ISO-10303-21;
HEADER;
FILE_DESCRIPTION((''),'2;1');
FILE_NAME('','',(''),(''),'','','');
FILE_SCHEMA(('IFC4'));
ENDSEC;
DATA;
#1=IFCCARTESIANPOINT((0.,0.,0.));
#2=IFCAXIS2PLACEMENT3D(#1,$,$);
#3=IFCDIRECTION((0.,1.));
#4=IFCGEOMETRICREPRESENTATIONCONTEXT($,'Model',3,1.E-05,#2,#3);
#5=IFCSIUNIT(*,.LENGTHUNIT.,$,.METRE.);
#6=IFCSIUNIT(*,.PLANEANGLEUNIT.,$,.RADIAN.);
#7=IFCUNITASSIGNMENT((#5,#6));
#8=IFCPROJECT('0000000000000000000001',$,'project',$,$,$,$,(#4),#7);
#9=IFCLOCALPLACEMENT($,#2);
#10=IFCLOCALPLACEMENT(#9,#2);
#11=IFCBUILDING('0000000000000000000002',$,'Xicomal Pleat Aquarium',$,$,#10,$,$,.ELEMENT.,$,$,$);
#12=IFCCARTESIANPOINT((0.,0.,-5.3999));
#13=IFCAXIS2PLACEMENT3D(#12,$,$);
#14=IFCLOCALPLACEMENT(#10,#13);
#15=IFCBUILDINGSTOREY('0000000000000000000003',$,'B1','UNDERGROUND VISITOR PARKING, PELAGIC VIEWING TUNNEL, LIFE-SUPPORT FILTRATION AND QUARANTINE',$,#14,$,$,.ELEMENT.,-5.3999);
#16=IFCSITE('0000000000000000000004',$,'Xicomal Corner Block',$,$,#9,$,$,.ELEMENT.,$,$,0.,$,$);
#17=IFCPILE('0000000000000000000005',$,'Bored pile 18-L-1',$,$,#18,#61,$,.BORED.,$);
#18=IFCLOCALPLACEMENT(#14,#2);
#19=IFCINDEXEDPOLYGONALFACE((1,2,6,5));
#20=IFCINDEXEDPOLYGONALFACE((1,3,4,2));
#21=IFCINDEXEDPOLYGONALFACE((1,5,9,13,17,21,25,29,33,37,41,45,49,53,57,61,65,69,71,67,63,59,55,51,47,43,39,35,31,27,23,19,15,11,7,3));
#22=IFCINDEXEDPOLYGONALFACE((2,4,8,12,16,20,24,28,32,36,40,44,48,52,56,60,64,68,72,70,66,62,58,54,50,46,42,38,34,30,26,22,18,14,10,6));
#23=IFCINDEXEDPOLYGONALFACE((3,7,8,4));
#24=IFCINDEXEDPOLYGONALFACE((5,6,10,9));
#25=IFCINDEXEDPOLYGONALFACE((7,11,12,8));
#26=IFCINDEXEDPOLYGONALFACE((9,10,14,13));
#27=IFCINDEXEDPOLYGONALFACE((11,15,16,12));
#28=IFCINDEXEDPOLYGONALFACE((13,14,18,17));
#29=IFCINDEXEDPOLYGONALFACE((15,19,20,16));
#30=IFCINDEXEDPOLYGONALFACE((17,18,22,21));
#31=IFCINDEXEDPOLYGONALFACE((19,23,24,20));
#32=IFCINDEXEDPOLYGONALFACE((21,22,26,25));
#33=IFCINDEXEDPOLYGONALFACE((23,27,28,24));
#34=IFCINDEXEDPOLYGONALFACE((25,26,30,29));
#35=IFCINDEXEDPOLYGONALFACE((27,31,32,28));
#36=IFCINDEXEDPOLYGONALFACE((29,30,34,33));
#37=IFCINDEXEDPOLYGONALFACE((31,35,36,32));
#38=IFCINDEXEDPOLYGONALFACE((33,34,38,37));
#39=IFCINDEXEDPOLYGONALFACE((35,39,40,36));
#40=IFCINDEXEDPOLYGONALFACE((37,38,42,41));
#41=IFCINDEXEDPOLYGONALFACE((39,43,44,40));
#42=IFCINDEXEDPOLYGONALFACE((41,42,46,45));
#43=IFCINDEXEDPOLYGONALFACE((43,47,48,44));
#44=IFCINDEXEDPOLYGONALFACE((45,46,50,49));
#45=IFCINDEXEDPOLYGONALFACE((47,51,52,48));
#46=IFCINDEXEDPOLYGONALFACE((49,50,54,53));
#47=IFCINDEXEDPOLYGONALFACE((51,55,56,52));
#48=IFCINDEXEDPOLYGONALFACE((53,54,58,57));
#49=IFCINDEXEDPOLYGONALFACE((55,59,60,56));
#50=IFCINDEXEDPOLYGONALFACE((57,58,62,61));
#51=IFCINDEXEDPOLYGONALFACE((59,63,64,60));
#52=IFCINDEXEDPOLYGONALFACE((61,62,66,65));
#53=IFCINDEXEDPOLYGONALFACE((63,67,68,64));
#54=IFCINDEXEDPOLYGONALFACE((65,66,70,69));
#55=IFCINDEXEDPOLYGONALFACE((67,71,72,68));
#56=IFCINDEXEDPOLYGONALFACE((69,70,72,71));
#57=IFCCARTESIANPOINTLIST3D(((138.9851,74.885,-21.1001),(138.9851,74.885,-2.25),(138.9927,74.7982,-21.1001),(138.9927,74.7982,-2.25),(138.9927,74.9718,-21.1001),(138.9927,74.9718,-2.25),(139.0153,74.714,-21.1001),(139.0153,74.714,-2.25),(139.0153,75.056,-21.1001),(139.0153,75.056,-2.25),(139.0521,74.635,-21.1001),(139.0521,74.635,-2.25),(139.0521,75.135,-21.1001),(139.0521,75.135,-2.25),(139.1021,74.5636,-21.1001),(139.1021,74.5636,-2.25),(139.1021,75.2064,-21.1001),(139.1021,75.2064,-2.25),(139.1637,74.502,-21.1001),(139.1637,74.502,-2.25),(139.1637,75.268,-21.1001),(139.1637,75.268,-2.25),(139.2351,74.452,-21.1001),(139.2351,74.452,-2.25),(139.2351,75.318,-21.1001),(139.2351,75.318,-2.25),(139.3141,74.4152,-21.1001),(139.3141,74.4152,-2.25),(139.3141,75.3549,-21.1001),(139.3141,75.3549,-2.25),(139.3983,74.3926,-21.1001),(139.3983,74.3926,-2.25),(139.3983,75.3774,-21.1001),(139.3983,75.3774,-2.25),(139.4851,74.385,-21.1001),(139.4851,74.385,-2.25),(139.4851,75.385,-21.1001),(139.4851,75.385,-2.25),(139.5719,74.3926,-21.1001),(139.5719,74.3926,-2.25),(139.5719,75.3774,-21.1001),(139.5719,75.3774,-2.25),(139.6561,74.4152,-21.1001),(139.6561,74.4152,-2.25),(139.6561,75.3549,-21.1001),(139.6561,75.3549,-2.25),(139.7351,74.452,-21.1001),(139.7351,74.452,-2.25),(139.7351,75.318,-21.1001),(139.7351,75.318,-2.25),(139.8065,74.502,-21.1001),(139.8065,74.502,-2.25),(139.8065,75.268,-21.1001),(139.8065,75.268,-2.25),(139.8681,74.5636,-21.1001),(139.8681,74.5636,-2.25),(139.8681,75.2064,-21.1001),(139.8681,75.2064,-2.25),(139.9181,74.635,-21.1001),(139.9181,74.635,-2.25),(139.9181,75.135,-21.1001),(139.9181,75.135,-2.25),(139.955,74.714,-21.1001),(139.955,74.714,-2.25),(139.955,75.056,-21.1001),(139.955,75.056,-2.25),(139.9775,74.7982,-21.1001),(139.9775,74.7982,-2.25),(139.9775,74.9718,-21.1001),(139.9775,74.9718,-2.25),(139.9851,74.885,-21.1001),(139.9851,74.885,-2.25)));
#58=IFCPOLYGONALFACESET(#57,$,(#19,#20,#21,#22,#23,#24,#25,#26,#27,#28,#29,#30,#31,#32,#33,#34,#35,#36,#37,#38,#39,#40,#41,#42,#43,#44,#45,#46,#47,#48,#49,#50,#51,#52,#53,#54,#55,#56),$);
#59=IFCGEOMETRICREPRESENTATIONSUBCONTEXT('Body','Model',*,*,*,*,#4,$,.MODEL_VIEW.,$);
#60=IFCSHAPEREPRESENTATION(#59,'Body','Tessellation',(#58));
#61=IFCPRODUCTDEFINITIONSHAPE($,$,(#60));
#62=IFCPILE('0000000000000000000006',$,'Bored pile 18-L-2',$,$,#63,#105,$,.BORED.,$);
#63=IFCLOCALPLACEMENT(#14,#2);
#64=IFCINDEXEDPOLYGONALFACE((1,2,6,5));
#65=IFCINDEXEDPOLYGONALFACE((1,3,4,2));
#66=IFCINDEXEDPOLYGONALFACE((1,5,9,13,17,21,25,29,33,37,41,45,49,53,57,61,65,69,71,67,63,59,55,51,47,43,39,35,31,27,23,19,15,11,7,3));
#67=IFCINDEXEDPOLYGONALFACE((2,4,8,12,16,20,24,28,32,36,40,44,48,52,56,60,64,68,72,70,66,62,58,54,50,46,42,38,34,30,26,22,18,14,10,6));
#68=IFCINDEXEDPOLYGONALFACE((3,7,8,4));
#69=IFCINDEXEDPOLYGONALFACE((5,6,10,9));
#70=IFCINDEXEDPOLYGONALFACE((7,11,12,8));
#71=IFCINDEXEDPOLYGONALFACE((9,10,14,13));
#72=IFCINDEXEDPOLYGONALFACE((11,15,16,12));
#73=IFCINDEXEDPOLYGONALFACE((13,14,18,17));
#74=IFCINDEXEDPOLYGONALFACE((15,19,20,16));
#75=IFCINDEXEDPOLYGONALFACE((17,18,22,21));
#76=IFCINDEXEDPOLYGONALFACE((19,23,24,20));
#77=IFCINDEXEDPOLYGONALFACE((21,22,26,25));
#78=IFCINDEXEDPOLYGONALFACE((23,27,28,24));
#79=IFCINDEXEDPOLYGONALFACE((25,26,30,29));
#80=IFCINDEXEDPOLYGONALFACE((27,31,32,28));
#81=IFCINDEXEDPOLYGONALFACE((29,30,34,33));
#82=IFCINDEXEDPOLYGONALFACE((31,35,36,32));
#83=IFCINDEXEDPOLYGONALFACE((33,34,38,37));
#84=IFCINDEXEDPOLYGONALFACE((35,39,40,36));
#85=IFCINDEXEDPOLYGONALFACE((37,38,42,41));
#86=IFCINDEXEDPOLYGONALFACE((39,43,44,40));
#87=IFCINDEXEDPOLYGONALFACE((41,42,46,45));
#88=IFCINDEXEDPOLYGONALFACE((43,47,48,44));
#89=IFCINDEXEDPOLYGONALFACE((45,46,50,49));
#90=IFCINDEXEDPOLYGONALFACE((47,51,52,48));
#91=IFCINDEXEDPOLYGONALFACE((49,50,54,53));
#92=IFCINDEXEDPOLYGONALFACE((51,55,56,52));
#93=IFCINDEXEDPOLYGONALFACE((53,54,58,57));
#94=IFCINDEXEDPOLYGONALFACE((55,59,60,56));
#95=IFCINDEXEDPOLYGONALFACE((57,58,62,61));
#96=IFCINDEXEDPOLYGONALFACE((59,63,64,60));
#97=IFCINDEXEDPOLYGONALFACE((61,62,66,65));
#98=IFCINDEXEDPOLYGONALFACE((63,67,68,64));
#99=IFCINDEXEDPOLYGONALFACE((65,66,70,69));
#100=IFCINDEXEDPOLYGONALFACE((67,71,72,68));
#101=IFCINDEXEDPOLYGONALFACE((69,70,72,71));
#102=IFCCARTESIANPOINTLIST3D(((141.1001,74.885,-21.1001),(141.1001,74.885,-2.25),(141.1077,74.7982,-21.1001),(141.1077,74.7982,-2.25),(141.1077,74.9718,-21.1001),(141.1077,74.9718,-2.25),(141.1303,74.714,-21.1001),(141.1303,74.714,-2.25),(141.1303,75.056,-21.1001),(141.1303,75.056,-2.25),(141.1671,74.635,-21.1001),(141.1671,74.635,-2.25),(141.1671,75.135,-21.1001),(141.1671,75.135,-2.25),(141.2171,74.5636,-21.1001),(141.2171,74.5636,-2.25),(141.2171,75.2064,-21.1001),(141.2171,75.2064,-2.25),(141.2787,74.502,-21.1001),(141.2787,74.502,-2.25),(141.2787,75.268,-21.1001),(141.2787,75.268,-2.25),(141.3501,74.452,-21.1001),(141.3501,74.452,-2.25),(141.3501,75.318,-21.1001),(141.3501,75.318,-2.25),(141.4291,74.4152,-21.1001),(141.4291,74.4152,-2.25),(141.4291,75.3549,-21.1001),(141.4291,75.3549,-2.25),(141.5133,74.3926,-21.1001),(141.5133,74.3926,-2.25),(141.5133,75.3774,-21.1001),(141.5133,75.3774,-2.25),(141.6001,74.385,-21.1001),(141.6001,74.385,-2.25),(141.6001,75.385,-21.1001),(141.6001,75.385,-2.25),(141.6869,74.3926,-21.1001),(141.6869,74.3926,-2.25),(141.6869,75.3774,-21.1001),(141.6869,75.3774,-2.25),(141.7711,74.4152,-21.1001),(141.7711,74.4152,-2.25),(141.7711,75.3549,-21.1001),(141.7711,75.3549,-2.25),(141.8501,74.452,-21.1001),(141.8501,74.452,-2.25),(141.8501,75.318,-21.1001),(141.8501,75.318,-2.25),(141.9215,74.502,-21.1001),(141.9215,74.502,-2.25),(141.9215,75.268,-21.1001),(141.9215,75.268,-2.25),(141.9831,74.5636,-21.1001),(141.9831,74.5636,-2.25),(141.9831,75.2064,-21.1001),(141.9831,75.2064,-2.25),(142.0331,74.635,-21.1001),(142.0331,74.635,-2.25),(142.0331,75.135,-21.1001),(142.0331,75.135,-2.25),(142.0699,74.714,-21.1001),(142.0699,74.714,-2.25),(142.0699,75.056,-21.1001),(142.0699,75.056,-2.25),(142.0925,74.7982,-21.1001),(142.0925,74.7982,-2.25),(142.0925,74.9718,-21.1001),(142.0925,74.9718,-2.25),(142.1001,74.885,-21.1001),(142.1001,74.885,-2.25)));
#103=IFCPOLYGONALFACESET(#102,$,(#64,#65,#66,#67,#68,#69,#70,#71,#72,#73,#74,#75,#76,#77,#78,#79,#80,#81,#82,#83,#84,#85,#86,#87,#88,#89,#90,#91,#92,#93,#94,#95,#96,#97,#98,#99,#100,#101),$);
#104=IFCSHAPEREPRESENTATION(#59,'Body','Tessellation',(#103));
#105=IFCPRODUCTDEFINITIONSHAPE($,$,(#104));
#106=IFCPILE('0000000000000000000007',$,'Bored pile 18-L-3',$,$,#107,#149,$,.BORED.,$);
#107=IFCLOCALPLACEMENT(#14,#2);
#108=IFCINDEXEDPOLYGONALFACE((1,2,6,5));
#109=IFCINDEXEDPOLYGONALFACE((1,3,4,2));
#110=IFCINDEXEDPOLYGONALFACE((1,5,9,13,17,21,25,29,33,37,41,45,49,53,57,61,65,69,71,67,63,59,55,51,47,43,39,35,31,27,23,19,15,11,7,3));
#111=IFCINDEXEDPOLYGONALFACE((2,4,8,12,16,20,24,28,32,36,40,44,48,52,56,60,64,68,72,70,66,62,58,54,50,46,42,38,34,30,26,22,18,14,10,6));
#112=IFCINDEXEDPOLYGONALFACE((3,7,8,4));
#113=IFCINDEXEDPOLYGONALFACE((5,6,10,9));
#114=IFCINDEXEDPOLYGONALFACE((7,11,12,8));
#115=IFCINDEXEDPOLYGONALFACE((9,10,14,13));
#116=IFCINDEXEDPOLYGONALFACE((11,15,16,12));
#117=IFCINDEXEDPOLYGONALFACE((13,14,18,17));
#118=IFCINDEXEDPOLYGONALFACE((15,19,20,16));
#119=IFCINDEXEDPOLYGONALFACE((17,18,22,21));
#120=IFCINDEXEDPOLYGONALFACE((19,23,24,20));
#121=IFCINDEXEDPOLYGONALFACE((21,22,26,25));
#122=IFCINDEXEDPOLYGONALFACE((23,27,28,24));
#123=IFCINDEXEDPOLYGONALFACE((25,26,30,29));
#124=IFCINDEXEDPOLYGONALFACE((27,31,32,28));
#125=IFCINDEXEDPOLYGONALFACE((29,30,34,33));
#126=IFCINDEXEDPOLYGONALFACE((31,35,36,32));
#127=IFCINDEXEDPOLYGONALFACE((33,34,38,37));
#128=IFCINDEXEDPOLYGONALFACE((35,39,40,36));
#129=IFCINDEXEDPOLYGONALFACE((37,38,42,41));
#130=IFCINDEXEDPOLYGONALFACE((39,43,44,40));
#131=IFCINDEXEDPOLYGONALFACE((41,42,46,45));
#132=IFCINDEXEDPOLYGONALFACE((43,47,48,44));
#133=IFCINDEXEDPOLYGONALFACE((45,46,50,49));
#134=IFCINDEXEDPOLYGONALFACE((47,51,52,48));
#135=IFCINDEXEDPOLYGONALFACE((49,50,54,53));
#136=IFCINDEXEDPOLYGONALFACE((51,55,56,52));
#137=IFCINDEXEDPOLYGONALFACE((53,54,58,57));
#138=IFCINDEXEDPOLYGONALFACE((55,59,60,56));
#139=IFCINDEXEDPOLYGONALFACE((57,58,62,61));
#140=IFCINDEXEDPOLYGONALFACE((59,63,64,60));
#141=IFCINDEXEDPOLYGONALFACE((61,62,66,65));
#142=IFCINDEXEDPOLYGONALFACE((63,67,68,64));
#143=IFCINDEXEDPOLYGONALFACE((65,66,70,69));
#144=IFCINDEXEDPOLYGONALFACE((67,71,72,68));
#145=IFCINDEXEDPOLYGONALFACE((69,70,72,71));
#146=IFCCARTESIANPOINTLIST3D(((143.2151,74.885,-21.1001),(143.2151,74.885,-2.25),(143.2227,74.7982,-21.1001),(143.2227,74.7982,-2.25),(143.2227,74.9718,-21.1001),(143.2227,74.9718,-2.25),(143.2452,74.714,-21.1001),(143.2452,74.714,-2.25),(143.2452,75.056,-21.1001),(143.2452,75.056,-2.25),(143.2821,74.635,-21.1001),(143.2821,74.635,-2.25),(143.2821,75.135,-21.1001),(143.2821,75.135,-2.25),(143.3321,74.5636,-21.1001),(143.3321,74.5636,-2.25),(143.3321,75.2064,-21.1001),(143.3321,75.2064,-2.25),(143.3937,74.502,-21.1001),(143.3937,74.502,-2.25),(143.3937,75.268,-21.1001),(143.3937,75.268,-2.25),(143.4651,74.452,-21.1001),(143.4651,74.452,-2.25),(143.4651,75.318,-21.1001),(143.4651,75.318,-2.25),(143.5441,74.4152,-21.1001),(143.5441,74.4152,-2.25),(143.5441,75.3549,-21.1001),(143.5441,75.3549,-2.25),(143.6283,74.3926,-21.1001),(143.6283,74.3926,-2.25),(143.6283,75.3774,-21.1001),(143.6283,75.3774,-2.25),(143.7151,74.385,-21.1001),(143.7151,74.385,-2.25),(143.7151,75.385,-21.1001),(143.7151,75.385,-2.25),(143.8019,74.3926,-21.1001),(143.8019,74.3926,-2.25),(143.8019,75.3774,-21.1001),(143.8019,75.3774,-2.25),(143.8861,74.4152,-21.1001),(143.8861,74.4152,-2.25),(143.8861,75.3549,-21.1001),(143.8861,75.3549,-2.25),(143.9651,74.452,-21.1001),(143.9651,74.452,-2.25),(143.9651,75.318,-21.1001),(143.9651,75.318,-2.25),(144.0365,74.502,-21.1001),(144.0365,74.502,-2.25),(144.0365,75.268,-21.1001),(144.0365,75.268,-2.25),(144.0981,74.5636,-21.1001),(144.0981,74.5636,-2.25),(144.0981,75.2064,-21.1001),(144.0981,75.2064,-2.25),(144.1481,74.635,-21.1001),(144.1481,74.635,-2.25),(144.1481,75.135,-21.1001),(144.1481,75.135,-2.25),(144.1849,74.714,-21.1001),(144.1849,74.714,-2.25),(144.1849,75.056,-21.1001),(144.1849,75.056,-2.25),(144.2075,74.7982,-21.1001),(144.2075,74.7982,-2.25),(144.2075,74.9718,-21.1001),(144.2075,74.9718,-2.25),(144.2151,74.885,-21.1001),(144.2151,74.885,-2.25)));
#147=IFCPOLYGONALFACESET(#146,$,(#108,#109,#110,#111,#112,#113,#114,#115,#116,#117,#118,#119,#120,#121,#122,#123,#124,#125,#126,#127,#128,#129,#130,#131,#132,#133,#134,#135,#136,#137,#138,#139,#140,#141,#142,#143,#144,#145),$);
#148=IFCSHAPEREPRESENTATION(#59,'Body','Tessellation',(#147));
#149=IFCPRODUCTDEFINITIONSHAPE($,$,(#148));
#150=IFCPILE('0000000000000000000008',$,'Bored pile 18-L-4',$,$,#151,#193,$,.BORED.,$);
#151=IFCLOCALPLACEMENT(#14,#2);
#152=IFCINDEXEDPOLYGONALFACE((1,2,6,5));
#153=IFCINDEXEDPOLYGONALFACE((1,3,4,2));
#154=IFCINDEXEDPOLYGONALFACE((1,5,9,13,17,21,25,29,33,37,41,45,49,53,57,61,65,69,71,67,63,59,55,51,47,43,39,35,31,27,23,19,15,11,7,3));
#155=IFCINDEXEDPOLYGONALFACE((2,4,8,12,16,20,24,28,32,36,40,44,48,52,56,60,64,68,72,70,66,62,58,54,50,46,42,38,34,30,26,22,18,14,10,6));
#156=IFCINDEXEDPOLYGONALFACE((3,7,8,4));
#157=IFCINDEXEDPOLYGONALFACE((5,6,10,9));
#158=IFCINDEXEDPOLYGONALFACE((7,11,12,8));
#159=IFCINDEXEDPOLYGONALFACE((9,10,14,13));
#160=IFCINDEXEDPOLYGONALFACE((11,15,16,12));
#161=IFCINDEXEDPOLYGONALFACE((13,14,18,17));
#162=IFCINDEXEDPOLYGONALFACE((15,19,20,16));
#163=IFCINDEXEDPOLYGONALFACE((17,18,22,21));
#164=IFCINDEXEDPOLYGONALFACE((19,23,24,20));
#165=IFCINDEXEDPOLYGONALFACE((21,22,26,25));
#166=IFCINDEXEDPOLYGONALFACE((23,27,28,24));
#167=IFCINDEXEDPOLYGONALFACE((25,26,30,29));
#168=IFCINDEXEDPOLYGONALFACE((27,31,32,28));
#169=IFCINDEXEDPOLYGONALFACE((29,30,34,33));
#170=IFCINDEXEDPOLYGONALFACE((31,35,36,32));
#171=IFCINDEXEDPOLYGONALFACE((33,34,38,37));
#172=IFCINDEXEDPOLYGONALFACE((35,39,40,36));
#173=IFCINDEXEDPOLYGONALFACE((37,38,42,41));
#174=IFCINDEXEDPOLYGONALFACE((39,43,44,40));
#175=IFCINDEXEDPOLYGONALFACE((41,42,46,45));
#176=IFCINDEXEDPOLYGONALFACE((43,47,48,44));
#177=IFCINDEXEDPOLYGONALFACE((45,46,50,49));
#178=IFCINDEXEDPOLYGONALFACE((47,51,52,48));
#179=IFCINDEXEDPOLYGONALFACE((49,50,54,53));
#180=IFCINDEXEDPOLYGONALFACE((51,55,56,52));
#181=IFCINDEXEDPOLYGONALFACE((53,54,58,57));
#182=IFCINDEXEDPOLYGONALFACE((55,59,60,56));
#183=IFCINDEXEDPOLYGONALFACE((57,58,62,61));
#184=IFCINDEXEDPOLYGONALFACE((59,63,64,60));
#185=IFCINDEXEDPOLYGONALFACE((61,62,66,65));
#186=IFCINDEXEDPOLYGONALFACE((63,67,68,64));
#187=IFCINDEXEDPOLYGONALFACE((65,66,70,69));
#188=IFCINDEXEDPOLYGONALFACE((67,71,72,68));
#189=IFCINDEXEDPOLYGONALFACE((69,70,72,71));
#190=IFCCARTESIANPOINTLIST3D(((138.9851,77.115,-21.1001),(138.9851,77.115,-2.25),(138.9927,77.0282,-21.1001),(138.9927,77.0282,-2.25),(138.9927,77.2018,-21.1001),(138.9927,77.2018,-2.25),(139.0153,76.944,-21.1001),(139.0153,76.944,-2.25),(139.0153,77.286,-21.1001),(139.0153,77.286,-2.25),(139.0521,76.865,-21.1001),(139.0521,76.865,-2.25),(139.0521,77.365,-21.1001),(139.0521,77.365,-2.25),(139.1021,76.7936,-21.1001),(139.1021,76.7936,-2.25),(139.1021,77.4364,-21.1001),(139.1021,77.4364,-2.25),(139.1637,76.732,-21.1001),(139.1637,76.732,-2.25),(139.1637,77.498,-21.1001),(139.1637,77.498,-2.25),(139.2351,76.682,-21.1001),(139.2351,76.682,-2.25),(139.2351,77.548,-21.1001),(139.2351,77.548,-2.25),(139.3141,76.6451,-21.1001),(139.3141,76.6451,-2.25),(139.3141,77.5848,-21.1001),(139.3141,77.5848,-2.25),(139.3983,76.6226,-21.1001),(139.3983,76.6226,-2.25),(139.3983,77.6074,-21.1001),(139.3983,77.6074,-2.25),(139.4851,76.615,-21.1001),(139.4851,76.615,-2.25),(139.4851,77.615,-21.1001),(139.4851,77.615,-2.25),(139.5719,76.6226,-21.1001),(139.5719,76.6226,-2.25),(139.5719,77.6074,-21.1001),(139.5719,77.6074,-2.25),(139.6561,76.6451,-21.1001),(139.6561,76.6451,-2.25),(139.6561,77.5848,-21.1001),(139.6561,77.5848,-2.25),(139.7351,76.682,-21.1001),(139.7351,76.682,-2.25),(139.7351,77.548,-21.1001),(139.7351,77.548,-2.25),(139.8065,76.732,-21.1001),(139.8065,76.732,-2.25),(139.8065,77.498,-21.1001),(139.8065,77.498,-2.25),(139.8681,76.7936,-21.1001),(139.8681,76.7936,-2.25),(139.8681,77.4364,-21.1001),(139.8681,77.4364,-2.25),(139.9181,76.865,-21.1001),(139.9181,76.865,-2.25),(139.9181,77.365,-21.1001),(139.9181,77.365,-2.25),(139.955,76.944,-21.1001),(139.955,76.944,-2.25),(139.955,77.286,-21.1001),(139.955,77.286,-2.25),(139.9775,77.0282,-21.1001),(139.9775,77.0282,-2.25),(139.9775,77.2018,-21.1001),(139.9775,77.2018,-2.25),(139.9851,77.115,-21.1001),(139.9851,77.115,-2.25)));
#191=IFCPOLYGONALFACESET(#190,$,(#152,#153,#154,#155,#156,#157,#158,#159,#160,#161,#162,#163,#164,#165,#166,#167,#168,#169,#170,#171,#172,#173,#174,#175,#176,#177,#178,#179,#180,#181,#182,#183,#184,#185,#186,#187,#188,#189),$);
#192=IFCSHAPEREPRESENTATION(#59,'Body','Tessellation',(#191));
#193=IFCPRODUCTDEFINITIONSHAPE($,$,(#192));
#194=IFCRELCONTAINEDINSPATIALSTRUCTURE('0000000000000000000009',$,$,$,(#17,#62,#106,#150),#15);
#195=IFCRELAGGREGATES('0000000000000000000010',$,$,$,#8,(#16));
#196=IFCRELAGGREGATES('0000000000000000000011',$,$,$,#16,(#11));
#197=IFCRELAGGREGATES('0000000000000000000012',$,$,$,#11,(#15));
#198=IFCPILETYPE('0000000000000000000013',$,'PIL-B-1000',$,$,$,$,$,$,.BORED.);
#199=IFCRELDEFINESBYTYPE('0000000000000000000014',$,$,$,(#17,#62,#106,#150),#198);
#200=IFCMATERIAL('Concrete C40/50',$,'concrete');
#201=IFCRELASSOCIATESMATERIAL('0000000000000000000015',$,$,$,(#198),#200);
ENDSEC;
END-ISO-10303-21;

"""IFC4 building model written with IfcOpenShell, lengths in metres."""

from ifc_helpers import new_model, si_unit, direction, frame, origin, origin_2d, place, context, subcontext, project, spatial, circle, extrude, material, material_profile, profile_set, type_object, element, save


model = new_model("IFC4")

# Units and contexts
model_context = context("Model", 3, precision=1e-05, world=origin(), true_north=direction((0.0, 1.0)))
body_context = subcontext(model_context, "Body", "Model", "MODEL_VIEW")
ifc_project = project(units=[si_unit("LENGTHUNIT", "METRE"), si_unit("PLANEANGLEUNIT", "RADIAN")], contexts=[model_context])

# Site, building, storey
site_placement = place(None, origin())
site = spatial("IfcSite", under=ifc_project, at=site_placement, Name="Xicomal Corner Block", CompositionType="ELEMENT", RefElevation=0.0)
building_placement = place(site_placement, origin())
building = spatial("IfcBuilding", under=site, at=building_placement, Name="Xicomal Pleat Aquarium", CompositionType="ELEMENT")
storey_placement = place(building_placement, frame((0.0, 0.0, -5.3999)))
storey = spatial("IfcBuildingStorey", under=building, at=storey_placement, Name="B1", Description="UNDERGROUND VISITOR PARKING, PELAGIC VIEWING TUNNEL, LIFE-SUPPORT FILTRATION AND QUARANTINE", CompositionType="ELEMENT", Elevation=-5.3999)

# Piles
ifc_material_1 = material(Name="Concrete C40/50", Category="concrete")
ifc_material_profile_1 = material_profile(ifc_material_1, circle(Radius=0.5, at=origin_2d()), Name="BORED PILE D1000")
ifc_profile_set_1 = profile_set([ifc_material_profile_1], Name="Concrete C40/50")
pile_type_1 = type_object("IfcPileType", Name="PIL-B-1000", PredefinedType="BORED", material=ifc_profile_set_1)
for number, where, z_axis, x_axis, name in (
    (1, (139.4851, 74.885, -2.25), (0.0, 0.0, -1.0), (1.0, 0.0, 0.0), "Bored pile 18-L-1"),
    (2, (141.6001, 74.885, -2.25), (0.0, 0.0, -1.0), (1.0, 0.0, 0.0), "Bored pile 18-L-2"),
    (3, (143.7151, 74.885, -2.25), (0.0, 0.0, -1.0), (1.0, 0.0, 0.0), "Bored pile 18-L-3"),
    (4, (139.4851, 77.115, -2.25), (0.0, 0.0, -1.0), (1.0, 0.0, 0.0), "Bored pile 18-L-4"),
):
    element("IfcPile", number, at=place(storey_placement, frame(where, z_axis=z_axis, x_axis=x_axis)), inside=storey, type_object=pile_type_1, Name=name, PredefinedType="BORED", context=body_context, shape_type="SweptSolid", body=[
        extrude(circle(Radius=0.5, at=origin_2d()), origin(), (0.0, 0.0, 1.0), 18.8501),
    ])

save(model, "model.ifc")
